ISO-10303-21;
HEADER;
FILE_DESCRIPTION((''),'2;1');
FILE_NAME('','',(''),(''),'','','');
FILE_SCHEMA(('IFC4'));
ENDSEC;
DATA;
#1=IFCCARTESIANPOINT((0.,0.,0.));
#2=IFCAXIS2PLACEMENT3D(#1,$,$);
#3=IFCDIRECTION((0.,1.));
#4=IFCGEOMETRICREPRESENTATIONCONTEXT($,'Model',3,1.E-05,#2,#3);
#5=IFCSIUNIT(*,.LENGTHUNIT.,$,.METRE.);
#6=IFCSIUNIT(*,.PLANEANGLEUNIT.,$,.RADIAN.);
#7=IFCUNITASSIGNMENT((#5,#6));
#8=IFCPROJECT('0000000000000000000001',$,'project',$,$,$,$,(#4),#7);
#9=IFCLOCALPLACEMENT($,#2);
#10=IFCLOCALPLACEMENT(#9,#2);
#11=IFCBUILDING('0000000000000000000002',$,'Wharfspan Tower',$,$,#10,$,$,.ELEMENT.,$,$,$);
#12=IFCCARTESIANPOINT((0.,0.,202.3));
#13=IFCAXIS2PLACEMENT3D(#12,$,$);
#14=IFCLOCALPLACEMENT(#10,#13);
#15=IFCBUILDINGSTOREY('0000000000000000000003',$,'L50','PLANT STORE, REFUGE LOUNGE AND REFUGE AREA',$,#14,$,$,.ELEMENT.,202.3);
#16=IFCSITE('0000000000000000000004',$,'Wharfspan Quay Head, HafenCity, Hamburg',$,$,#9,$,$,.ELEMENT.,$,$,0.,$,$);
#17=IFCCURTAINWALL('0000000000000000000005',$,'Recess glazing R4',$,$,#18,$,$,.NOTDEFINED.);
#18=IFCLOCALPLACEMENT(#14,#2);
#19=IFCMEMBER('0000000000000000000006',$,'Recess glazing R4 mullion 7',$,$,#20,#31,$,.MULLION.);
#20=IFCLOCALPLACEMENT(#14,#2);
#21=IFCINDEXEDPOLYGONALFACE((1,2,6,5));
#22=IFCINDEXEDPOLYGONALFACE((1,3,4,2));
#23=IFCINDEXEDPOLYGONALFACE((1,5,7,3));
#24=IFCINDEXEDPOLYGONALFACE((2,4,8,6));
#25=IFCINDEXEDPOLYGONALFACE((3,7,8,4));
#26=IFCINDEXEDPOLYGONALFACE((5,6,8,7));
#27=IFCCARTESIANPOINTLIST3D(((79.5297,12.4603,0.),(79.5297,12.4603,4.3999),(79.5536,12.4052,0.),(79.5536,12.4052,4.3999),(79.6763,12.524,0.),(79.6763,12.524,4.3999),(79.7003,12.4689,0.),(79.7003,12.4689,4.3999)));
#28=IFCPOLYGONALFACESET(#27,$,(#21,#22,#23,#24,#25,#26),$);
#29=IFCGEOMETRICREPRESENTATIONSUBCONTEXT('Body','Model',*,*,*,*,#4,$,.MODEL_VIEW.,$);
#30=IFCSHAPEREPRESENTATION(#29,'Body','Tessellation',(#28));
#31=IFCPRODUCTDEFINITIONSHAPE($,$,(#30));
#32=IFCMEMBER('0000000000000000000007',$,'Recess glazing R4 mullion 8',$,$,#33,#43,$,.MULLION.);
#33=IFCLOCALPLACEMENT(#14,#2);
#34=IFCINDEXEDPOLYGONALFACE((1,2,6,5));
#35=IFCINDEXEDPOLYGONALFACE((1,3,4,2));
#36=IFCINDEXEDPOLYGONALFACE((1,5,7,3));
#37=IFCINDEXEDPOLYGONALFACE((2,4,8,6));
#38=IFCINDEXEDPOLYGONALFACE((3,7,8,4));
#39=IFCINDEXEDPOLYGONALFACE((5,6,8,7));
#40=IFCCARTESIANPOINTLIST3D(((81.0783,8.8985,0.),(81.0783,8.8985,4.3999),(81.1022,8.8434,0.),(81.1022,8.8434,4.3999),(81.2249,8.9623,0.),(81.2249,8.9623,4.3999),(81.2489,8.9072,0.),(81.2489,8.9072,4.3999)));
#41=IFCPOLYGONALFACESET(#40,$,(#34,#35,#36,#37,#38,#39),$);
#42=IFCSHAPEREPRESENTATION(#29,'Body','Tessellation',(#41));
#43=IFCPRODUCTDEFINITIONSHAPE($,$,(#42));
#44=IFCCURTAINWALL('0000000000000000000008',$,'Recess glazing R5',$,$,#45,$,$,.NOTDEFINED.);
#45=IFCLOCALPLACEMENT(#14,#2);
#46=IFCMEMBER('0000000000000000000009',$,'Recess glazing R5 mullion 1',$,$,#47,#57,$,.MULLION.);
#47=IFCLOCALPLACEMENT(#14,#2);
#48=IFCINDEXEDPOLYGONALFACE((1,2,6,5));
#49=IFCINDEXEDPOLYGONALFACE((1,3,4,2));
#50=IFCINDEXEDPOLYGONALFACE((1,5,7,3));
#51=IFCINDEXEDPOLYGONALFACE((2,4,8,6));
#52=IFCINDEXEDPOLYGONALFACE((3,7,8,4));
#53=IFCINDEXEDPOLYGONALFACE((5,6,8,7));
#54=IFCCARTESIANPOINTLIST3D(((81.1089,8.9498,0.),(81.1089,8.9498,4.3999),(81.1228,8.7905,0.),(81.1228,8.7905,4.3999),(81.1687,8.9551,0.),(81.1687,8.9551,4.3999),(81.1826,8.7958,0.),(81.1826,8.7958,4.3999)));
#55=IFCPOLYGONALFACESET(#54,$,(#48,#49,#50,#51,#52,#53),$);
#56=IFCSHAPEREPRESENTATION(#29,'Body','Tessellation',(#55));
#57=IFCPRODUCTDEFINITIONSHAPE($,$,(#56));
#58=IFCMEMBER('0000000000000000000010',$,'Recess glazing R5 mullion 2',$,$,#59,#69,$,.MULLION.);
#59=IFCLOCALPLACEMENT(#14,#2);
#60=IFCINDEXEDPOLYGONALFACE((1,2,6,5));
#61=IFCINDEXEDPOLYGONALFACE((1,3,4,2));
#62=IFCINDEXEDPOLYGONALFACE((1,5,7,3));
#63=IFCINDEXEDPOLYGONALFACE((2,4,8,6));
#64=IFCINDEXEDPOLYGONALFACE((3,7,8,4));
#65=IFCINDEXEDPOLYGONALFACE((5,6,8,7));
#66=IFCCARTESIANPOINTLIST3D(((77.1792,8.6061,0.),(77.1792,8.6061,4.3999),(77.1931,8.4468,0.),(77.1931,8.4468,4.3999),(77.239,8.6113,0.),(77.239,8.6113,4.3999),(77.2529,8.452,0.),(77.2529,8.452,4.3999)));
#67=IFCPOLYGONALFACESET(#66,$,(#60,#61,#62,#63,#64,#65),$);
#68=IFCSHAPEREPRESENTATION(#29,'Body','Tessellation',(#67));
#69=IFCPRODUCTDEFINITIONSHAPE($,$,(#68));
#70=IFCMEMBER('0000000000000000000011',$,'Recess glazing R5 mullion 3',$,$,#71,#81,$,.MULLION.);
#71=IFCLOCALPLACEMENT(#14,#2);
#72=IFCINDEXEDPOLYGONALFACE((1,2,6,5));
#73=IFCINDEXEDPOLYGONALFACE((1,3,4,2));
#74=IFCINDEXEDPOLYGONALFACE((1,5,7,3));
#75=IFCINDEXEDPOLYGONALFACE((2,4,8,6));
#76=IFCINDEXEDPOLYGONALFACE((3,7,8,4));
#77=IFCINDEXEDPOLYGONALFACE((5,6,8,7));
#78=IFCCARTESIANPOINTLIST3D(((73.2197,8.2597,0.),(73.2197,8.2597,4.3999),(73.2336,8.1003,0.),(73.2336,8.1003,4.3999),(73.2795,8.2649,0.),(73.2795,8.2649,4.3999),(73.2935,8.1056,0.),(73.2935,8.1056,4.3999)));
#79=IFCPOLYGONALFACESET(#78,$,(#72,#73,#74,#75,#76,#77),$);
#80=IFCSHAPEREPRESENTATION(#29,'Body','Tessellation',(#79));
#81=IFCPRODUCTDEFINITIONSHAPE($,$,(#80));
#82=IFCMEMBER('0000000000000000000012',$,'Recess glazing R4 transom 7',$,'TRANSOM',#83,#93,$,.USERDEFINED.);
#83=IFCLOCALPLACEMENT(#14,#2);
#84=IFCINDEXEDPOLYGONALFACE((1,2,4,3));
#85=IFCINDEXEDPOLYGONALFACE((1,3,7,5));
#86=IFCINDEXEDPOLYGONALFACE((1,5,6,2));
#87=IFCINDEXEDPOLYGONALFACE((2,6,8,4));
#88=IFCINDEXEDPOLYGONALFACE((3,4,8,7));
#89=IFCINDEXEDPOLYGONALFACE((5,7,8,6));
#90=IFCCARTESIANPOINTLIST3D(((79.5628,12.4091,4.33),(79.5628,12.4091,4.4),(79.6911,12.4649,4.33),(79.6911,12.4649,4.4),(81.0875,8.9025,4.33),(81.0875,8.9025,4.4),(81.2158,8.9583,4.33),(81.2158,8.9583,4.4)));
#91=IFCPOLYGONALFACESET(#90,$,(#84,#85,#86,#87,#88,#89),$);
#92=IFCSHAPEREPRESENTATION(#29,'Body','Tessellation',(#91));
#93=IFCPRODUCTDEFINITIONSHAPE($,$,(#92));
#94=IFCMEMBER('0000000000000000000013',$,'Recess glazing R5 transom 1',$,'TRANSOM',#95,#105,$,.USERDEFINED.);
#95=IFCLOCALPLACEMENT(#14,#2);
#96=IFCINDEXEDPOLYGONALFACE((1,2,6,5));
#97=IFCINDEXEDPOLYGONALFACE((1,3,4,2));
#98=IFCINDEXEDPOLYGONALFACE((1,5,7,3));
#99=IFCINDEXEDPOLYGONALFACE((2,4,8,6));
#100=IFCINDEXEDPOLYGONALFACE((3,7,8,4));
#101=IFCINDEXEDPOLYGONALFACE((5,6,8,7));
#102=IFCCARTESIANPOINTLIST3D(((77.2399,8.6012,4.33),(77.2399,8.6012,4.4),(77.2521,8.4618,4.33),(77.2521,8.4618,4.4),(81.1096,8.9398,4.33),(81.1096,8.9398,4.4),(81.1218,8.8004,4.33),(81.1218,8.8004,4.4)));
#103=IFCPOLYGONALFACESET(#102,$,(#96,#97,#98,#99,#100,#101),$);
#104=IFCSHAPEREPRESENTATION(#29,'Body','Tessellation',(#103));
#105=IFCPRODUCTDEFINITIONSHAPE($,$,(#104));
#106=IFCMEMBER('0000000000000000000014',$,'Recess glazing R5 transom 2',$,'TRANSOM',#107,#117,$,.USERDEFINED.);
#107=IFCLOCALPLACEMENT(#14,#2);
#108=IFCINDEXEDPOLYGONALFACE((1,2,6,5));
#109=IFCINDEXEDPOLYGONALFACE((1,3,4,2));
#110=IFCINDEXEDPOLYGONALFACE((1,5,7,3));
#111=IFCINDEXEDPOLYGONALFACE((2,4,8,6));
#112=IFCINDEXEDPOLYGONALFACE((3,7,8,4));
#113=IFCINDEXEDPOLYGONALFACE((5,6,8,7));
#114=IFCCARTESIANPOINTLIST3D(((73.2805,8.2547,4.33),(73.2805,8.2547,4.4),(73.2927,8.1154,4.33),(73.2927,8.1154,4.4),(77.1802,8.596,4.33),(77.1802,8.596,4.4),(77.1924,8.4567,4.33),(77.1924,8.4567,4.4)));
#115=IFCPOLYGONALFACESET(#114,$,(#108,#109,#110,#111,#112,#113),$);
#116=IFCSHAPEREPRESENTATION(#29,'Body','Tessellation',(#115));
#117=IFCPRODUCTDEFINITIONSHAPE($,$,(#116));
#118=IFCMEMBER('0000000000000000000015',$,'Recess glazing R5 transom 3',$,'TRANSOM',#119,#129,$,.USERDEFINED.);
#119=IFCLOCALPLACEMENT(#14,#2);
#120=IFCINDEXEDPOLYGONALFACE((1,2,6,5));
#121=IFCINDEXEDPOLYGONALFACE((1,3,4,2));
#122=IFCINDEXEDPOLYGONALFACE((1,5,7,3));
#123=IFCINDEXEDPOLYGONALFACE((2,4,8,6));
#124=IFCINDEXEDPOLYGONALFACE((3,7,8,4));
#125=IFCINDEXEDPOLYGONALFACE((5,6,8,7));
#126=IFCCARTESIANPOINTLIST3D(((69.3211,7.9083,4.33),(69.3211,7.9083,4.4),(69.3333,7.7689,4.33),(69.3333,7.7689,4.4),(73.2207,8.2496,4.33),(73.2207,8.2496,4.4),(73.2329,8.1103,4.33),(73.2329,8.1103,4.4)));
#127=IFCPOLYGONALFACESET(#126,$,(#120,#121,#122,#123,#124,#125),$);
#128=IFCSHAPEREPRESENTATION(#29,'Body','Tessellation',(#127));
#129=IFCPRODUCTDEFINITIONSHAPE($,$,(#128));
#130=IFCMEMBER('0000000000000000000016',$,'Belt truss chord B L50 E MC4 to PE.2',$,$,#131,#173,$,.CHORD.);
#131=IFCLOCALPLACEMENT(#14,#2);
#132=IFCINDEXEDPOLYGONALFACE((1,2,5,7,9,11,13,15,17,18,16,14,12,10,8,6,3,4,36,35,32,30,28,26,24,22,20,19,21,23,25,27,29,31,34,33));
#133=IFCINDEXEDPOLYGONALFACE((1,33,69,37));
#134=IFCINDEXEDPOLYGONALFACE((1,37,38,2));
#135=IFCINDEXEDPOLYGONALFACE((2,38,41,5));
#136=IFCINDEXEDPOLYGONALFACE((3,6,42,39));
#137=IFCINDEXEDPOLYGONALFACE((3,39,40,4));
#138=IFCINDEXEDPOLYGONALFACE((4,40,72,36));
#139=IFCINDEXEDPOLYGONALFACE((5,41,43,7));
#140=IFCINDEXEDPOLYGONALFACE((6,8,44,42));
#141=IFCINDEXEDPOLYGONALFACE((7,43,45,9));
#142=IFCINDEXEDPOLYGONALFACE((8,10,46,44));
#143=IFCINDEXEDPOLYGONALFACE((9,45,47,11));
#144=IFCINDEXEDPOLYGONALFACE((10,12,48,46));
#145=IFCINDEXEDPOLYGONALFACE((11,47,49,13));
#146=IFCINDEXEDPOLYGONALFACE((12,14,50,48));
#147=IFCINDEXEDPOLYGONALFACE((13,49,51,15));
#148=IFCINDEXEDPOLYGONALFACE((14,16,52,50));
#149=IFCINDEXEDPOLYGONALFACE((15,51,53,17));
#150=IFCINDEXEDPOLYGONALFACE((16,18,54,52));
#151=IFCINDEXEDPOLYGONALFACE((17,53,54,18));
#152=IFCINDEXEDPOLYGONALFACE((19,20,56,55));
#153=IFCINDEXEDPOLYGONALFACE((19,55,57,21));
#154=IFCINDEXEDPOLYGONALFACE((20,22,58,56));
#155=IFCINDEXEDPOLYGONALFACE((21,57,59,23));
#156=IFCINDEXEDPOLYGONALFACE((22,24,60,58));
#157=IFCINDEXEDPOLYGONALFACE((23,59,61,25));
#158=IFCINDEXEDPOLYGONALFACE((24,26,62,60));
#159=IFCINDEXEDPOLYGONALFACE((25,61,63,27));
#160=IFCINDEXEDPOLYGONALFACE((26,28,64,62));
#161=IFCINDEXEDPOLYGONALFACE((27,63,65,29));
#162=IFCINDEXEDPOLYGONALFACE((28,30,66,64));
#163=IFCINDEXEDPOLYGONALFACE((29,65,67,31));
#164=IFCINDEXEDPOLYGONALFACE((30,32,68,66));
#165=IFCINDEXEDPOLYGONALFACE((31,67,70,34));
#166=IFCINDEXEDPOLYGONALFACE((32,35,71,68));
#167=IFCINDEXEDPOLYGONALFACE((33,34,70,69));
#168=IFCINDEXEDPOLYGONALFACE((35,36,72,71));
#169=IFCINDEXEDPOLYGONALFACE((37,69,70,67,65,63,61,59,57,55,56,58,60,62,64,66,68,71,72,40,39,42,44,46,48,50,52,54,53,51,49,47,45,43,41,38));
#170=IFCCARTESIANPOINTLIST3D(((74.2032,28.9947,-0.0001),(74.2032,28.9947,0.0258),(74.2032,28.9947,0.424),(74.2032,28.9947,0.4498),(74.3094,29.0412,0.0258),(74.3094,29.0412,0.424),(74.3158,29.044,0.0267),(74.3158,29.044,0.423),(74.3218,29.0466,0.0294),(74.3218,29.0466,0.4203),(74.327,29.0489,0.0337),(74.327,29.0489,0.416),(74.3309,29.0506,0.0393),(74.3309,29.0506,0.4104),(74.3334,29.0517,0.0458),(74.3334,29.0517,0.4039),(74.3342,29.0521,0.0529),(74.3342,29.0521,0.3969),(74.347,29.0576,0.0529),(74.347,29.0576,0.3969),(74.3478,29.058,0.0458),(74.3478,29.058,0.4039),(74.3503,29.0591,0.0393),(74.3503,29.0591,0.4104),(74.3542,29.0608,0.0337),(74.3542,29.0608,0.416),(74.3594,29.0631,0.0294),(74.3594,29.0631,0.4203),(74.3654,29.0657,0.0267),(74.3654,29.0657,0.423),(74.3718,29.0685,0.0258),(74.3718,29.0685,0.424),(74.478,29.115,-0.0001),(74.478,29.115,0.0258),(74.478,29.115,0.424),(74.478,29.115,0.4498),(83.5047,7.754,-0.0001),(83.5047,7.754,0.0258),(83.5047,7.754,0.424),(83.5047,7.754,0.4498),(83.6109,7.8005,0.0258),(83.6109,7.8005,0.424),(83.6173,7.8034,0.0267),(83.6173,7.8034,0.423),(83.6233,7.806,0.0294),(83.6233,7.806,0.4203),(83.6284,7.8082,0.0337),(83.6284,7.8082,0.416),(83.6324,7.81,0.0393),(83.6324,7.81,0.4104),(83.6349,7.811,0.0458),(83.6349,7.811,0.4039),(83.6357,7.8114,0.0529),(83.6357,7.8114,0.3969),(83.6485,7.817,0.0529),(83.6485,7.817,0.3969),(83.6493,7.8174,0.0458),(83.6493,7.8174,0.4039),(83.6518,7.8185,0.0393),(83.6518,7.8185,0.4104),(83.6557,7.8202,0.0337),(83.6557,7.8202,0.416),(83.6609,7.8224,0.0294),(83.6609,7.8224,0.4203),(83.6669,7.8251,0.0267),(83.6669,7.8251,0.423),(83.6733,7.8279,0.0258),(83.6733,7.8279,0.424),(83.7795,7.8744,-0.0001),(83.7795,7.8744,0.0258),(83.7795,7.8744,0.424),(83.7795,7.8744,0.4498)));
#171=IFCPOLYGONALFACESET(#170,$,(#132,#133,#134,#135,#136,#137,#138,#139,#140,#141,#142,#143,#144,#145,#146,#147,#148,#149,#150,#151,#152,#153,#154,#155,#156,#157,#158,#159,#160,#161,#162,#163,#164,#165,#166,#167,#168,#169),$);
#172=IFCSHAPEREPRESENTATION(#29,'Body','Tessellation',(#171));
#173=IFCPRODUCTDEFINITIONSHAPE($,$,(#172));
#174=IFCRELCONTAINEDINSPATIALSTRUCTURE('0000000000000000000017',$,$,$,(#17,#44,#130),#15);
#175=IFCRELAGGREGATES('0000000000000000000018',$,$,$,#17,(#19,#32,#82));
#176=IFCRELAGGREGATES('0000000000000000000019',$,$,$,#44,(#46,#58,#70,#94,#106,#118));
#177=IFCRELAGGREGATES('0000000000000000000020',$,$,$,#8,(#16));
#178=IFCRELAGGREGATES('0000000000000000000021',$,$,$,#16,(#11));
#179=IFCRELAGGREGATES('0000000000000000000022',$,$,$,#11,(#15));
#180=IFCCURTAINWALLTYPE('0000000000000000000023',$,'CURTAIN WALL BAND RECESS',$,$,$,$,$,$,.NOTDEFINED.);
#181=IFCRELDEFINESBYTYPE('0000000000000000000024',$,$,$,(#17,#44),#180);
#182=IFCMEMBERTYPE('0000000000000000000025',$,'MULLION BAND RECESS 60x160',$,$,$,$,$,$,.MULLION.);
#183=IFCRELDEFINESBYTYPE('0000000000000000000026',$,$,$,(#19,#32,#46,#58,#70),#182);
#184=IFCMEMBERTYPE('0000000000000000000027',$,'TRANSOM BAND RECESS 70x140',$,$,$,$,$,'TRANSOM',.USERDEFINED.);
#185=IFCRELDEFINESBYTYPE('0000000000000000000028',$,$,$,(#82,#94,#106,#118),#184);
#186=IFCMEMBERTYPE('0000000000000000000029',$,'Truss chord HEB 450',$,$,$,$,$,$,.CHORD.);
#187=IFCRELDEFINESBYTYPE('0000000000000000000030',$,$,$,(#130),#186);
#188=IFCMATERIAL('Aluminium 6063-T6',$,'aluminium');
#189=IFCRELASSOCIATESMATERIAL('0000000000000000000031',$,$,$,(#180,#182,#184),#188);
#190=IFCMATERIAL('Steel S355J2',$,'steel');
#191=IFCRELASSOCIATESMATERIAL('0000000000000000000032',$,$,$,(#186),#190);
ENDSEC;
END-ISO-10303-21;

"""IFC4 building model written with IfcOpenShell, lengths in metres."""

from ifc_helpers import new_model, si_unit, direction, frame, origin, origin_2d, place, context, subcontext, project, spatial, rectangle, i_section, extrude, material, material_profile, profile_set, type_object, element, aggregate, save


model = new_model("IFC4")

# Units and contexts
model_context = context("Model", 3, precision=1e-05, world=origin(), true_north=direction((0.0, 1.0)))
body_context = subcontext(model_context, "Body", "Model", "MODEL_VIEW")
ifc_project = project(units=[si_unit("LENGTHUNIT", "METRE"), si_unit("PLANEANGLEUNIT", "RADIAN")], contexts=[model_context])

# Site, building, storey
site_placement = place(None, origin())
site = spatial("IfcSite", under=ifc_project, at=site_placement, Name="Wharfspan Quay Head, HafenCity, Hamburg", CompositionType="ELEMENT", RefElevation=0.0)
building_placement = place(site_placement, origin())
building = spatial("IfcBuilding", under=site, at=building_placement, Name="Wharfspan Tower", CompositionType="ELEMENT")
storey_placement = place(building_placement, frame((0.0, 0.0, 202.3)))
storey = spatial("IfcBuildingStorey", under=building, at=storey_placement, Name="L50", Description="PLANT STORE, REFUGE LOUNGE AND REFUGE AREA", CompositionType="ELEMENT", Elevation=202.3)

# Curtain walls, members
ifc_material_1 = material(Name="Aluminium 6063-T6", Category="aluminium")
curtain_wall_type = type_object("IfcCurtainWallType", Name="CURTAIN WALL BAND RECESS", PredefinedType="NOTDEFINED", material=ifc_material_1)
curtain_wall_1_placement = place(storey_placement, origin())
curtain_wall_1 = element("IfcCurtainWall", 1, at=curtain_wall_1_placement, inside=storey, type_object=curtain_wall_type, Name="Recess glazing R4", PredefinedType="NOTDEFINED")
ifc_material_profile_1 = material_profile(ifc_material_1, rectangle(XDim=0.1599, YDim=0.0601, at=origin_2d()))
ifc_profile_set_1 = profile_set([ifc_material_profile_1], Name="Aluminium 6063-T6")
member_type_1 = type_object("IfcMemberType", Name="MULLION BAND RECESS 60x160", PredefinedType="MULLION", material=ifc_profile_set_1)
member_1_placement = place(storey_placement, frame((79.615, 12.4646, 0.0), z_axis=(0.0, 0.0, 1.0), x_axis=(0.917072, 0.398727, 0.0)))
member_1 = element("IfcMember", 2, at=member_1_placement, type_object=member_type_1, Name="Recess glazing R4 mullion 7", PredefinedType="MULLION", context=body_context, shape_type="SweptSolid", body=[
    extrude(rectangle(XDim=0.1599, YDim=0.0601, at=origin_2d()), origin(), (0.0, 0.0, 1.0), 4.3999),
])
member_2_placement = place(storey_placement, frame((81.1636, 8.9028, 0.0), z_axis=(0.0, 0.0, 1.0), x_axis=(0.917072, 0.398727, 0.0)))
member_2 = element("IfcMember", 3, at=member_2_placement, type_object=member_type_1, Name="Recess glazing R4 mullion 8", PredefinedType="MULLION", context=body_context, shape_type="SweptSolid", body=[
    extrude(rectangle(XDim=0.1599, YDim=0.0601, at=origin_2d()), origin(), (0.0, 0.0, 1.0), 4.3999),
])
curtain_wall_2_placement = place(storey_placement, origin())
curtain_wall_2 = element("IfcCurtainWall", 4, at=curtain_wall_2_placement, inside=storey, type_object=curtain_wall_type, Name="Recess glazing R5", PredefinedType="NOTDEFINED")
member_3_placement = place(storey_placement, frame((81.1458, 8.8728, 0.0), z_axis=(0.0, 0.0, 1.0), x_axis=(0.087156, -0.996198, 0.0)))
member_3 = element("IfcMember", 5, at=member_3_placement, type_object=member_type_1, Name="Recess glazing R5 mullion 1", PredefinedType="MULLION", context=body_context, shape_type="SweptSolid", body=[
    extrude(rectangle(XDim=0.1599, YDim=0.0601, at=origin_2d()), origin(), (0.0, 0.0, 1.0), 4.3999),
])
member_4_placement = place(storey_placement, frame((77.2161, 8.5291, 0.0), z_axis=(0.0, 0.0, 1.0), x_axis=(0.087156, -0.996198, 0.0)))
member_4 = element("IfcMember", 6, at=member_4_placement, type_object=member_type_1, Name="Recess glazing R5 mullion 2", PredefinedType="MULLION", context=body_context, shape_type="SweptSolid", body=[
    extrude(rectangle(XDim=0.1599, YDim=0.0601, at=origin_2d()), origin(), (0.0, 0.0, 1.0), 4.3999),
])
member_5_placement = place(storey_placement, frame((73.2566, 8.1826, 0.0), z_axis=(0.0, 0.0, 1.0), x_axis=(0.087156, -0.996198, 0.0)))
member_5 = element("IfcMember", 7, at=member_5_placement, type_object=member_type_1, Name="Recess glazing R5 mullion 3", PredefinedType="MULLION", context=body_context, shape_type="SweptSolid", body=[
    extrude(rectangle(XDim=0.1599, YDim=0.0601, at=origin_2d()), origin(), (0.0, 0.0, 1.0), 4.3999),
])

# Members
ifc_material_profile_2 = material_profile(ifc_material_1, rectangle(XDim=0.1399, YDim=0.0701, at=origin_2d()))
ifc_profile_set_2 = profile_set([ifc_material_profile_2], Name="Aluminium 6063-T6")
member_type_2 = type_object("IfcMemberType", Name="TRANSOM BAND RECESS 70x140", ElementType="TRANSOM", PredefinedType="USERDEFINED", material=ifc_profile_set_2)
member_6_placement = place(storey_placement, frame((79.627, 12.437, 4.365), z_axis=(0.398738, -0.917065, 0.0), x_axis=(0.917065, 0.398738, 0.0)))
member_6 = element("IfcMember", 8, at=member_6_placement, type_object=member_type_2, Name="Recess glazing R4 transom 7", ObjectType="TRANSOM", PredefinedType="USERDEFINED", context=body_context, shape_type="SweptSolid", body=[
    extrude(rectangle(XDim=0.1399, YDim=0.0701, at=origin_2d()), origin(), (0.0, 0.0, 1.0), 3.8237),
])
member_7_placement = place(storey_placement, frame((81.1157, 8.8701, 4.365), z_axis=(-0.996193, -0.087175, 0.0), x_axis=(0.087175, -0.996193, 0.0)))
member_7 = element("IfcMember", 9, at=member_7_placement, type_object=member_type_2, Name="Recess glazing R5 transom 1", ObjectType="TRANSOM", PredefinedType="USERDEFINED", context=body_context, shape_type="SweptSolid", body=[
    extrude(rectangle(XDim=0.1399, YDim=0.0701, at=origin_2d()), origin(), (0.0, 0.0, 1.0), 3.8845),
])
member_8_placement = place(storey_placement, frame((77.1863, 8.5264, 4.365), z_axis=(-0.996192, -0.087189, 0.0), x_axis=(0.087189, -0.996192, 0.0)))
member_8 = element("IfcMember", 10, at=member_8_placement, type_object=member_type_2, Name="Recess glazing R5 transom 2", ObjectType="TRANSOM", PredefinedType="USERDEFINED", context=body_context, shape_type="SweptSolid", body=[
    extrude(rectangle(XDim=0.1399, YDim=0.0701, at=origin_2d()), origin(), (0.0, 0.0, 1.0), 3.9146),
])
member_9_placement = place(storey_placement, frame((73.2268, 8.1799, 4.365), z_axis=(-0.996192, -0.087189, 0.0), x_axis=(0.087189, -0.996192, 0.0)))
member_9 = element("IfcMember", 11, at=member_9_placement, type_object=member_type_2, Name="Recess glazing R5 transom 3", ObjectType="TRANSOM", PredefinedType="USERDEFINED", context=body_context, shape_type="SweptSolid", body=[
    extrude(rectangle(XDim=0.1399, YDim=0.0701, at=origin_2d()), origin(), (0.0, 0.0, 1.0), 3.9146),
])

# Member
ifc_material_2 = material(Name="Steel S355J2", Category="steel")
ifc_material_profile_3 = material_profile(ifc_material_2, i_section(OverallWidth=0.3, OverallDepth=0.45, WebThickness=0.0139, FlangeThickness=0.0259, FilletRadius=0.0271, at=origin_2d()))
ifc_profile_set_3 = profile_set([ifc_material_profile_3], Name="Steel S355J2")
member_type_3 = type_object("IfcMemberType", Name="Truss chord HEB 450", PredefinedType="CHORD", material=ifc_profile_set_3)
member_10_placement = place(storey_placement, frame((83.6421, 7.8142, 0.2249), z_axis=(-0.401134, 0.91602, 0.0), x_axis=(-0.91602, -0.401134, 0.0)))
element("IfcMember", 12, at=member_10_placement, inside=storey, type_object=member_type_3, Name="Belt truss chord B L50 E MC4 to PE.2", PredefinedType="CHORD", context=body_context, shape_type="SweptSolid", body=[
    extrude(i_section(OverallWidth=0.3, OverallDepth=0.45, WebThickness=0.0139, FlangeThickness=0.0259, FilletRadius=0.0271, at=origin_2d()), origin(), (0.0, 0.0, 1.0), 23.188),
])

aggregate(curtain_wall_1, [member_1, member_2, member_6])
aggregate(curtain_wall_2, [member_3, member_4, member_5, member_7, member_8, member_9])

save(model, "model.ifc")
